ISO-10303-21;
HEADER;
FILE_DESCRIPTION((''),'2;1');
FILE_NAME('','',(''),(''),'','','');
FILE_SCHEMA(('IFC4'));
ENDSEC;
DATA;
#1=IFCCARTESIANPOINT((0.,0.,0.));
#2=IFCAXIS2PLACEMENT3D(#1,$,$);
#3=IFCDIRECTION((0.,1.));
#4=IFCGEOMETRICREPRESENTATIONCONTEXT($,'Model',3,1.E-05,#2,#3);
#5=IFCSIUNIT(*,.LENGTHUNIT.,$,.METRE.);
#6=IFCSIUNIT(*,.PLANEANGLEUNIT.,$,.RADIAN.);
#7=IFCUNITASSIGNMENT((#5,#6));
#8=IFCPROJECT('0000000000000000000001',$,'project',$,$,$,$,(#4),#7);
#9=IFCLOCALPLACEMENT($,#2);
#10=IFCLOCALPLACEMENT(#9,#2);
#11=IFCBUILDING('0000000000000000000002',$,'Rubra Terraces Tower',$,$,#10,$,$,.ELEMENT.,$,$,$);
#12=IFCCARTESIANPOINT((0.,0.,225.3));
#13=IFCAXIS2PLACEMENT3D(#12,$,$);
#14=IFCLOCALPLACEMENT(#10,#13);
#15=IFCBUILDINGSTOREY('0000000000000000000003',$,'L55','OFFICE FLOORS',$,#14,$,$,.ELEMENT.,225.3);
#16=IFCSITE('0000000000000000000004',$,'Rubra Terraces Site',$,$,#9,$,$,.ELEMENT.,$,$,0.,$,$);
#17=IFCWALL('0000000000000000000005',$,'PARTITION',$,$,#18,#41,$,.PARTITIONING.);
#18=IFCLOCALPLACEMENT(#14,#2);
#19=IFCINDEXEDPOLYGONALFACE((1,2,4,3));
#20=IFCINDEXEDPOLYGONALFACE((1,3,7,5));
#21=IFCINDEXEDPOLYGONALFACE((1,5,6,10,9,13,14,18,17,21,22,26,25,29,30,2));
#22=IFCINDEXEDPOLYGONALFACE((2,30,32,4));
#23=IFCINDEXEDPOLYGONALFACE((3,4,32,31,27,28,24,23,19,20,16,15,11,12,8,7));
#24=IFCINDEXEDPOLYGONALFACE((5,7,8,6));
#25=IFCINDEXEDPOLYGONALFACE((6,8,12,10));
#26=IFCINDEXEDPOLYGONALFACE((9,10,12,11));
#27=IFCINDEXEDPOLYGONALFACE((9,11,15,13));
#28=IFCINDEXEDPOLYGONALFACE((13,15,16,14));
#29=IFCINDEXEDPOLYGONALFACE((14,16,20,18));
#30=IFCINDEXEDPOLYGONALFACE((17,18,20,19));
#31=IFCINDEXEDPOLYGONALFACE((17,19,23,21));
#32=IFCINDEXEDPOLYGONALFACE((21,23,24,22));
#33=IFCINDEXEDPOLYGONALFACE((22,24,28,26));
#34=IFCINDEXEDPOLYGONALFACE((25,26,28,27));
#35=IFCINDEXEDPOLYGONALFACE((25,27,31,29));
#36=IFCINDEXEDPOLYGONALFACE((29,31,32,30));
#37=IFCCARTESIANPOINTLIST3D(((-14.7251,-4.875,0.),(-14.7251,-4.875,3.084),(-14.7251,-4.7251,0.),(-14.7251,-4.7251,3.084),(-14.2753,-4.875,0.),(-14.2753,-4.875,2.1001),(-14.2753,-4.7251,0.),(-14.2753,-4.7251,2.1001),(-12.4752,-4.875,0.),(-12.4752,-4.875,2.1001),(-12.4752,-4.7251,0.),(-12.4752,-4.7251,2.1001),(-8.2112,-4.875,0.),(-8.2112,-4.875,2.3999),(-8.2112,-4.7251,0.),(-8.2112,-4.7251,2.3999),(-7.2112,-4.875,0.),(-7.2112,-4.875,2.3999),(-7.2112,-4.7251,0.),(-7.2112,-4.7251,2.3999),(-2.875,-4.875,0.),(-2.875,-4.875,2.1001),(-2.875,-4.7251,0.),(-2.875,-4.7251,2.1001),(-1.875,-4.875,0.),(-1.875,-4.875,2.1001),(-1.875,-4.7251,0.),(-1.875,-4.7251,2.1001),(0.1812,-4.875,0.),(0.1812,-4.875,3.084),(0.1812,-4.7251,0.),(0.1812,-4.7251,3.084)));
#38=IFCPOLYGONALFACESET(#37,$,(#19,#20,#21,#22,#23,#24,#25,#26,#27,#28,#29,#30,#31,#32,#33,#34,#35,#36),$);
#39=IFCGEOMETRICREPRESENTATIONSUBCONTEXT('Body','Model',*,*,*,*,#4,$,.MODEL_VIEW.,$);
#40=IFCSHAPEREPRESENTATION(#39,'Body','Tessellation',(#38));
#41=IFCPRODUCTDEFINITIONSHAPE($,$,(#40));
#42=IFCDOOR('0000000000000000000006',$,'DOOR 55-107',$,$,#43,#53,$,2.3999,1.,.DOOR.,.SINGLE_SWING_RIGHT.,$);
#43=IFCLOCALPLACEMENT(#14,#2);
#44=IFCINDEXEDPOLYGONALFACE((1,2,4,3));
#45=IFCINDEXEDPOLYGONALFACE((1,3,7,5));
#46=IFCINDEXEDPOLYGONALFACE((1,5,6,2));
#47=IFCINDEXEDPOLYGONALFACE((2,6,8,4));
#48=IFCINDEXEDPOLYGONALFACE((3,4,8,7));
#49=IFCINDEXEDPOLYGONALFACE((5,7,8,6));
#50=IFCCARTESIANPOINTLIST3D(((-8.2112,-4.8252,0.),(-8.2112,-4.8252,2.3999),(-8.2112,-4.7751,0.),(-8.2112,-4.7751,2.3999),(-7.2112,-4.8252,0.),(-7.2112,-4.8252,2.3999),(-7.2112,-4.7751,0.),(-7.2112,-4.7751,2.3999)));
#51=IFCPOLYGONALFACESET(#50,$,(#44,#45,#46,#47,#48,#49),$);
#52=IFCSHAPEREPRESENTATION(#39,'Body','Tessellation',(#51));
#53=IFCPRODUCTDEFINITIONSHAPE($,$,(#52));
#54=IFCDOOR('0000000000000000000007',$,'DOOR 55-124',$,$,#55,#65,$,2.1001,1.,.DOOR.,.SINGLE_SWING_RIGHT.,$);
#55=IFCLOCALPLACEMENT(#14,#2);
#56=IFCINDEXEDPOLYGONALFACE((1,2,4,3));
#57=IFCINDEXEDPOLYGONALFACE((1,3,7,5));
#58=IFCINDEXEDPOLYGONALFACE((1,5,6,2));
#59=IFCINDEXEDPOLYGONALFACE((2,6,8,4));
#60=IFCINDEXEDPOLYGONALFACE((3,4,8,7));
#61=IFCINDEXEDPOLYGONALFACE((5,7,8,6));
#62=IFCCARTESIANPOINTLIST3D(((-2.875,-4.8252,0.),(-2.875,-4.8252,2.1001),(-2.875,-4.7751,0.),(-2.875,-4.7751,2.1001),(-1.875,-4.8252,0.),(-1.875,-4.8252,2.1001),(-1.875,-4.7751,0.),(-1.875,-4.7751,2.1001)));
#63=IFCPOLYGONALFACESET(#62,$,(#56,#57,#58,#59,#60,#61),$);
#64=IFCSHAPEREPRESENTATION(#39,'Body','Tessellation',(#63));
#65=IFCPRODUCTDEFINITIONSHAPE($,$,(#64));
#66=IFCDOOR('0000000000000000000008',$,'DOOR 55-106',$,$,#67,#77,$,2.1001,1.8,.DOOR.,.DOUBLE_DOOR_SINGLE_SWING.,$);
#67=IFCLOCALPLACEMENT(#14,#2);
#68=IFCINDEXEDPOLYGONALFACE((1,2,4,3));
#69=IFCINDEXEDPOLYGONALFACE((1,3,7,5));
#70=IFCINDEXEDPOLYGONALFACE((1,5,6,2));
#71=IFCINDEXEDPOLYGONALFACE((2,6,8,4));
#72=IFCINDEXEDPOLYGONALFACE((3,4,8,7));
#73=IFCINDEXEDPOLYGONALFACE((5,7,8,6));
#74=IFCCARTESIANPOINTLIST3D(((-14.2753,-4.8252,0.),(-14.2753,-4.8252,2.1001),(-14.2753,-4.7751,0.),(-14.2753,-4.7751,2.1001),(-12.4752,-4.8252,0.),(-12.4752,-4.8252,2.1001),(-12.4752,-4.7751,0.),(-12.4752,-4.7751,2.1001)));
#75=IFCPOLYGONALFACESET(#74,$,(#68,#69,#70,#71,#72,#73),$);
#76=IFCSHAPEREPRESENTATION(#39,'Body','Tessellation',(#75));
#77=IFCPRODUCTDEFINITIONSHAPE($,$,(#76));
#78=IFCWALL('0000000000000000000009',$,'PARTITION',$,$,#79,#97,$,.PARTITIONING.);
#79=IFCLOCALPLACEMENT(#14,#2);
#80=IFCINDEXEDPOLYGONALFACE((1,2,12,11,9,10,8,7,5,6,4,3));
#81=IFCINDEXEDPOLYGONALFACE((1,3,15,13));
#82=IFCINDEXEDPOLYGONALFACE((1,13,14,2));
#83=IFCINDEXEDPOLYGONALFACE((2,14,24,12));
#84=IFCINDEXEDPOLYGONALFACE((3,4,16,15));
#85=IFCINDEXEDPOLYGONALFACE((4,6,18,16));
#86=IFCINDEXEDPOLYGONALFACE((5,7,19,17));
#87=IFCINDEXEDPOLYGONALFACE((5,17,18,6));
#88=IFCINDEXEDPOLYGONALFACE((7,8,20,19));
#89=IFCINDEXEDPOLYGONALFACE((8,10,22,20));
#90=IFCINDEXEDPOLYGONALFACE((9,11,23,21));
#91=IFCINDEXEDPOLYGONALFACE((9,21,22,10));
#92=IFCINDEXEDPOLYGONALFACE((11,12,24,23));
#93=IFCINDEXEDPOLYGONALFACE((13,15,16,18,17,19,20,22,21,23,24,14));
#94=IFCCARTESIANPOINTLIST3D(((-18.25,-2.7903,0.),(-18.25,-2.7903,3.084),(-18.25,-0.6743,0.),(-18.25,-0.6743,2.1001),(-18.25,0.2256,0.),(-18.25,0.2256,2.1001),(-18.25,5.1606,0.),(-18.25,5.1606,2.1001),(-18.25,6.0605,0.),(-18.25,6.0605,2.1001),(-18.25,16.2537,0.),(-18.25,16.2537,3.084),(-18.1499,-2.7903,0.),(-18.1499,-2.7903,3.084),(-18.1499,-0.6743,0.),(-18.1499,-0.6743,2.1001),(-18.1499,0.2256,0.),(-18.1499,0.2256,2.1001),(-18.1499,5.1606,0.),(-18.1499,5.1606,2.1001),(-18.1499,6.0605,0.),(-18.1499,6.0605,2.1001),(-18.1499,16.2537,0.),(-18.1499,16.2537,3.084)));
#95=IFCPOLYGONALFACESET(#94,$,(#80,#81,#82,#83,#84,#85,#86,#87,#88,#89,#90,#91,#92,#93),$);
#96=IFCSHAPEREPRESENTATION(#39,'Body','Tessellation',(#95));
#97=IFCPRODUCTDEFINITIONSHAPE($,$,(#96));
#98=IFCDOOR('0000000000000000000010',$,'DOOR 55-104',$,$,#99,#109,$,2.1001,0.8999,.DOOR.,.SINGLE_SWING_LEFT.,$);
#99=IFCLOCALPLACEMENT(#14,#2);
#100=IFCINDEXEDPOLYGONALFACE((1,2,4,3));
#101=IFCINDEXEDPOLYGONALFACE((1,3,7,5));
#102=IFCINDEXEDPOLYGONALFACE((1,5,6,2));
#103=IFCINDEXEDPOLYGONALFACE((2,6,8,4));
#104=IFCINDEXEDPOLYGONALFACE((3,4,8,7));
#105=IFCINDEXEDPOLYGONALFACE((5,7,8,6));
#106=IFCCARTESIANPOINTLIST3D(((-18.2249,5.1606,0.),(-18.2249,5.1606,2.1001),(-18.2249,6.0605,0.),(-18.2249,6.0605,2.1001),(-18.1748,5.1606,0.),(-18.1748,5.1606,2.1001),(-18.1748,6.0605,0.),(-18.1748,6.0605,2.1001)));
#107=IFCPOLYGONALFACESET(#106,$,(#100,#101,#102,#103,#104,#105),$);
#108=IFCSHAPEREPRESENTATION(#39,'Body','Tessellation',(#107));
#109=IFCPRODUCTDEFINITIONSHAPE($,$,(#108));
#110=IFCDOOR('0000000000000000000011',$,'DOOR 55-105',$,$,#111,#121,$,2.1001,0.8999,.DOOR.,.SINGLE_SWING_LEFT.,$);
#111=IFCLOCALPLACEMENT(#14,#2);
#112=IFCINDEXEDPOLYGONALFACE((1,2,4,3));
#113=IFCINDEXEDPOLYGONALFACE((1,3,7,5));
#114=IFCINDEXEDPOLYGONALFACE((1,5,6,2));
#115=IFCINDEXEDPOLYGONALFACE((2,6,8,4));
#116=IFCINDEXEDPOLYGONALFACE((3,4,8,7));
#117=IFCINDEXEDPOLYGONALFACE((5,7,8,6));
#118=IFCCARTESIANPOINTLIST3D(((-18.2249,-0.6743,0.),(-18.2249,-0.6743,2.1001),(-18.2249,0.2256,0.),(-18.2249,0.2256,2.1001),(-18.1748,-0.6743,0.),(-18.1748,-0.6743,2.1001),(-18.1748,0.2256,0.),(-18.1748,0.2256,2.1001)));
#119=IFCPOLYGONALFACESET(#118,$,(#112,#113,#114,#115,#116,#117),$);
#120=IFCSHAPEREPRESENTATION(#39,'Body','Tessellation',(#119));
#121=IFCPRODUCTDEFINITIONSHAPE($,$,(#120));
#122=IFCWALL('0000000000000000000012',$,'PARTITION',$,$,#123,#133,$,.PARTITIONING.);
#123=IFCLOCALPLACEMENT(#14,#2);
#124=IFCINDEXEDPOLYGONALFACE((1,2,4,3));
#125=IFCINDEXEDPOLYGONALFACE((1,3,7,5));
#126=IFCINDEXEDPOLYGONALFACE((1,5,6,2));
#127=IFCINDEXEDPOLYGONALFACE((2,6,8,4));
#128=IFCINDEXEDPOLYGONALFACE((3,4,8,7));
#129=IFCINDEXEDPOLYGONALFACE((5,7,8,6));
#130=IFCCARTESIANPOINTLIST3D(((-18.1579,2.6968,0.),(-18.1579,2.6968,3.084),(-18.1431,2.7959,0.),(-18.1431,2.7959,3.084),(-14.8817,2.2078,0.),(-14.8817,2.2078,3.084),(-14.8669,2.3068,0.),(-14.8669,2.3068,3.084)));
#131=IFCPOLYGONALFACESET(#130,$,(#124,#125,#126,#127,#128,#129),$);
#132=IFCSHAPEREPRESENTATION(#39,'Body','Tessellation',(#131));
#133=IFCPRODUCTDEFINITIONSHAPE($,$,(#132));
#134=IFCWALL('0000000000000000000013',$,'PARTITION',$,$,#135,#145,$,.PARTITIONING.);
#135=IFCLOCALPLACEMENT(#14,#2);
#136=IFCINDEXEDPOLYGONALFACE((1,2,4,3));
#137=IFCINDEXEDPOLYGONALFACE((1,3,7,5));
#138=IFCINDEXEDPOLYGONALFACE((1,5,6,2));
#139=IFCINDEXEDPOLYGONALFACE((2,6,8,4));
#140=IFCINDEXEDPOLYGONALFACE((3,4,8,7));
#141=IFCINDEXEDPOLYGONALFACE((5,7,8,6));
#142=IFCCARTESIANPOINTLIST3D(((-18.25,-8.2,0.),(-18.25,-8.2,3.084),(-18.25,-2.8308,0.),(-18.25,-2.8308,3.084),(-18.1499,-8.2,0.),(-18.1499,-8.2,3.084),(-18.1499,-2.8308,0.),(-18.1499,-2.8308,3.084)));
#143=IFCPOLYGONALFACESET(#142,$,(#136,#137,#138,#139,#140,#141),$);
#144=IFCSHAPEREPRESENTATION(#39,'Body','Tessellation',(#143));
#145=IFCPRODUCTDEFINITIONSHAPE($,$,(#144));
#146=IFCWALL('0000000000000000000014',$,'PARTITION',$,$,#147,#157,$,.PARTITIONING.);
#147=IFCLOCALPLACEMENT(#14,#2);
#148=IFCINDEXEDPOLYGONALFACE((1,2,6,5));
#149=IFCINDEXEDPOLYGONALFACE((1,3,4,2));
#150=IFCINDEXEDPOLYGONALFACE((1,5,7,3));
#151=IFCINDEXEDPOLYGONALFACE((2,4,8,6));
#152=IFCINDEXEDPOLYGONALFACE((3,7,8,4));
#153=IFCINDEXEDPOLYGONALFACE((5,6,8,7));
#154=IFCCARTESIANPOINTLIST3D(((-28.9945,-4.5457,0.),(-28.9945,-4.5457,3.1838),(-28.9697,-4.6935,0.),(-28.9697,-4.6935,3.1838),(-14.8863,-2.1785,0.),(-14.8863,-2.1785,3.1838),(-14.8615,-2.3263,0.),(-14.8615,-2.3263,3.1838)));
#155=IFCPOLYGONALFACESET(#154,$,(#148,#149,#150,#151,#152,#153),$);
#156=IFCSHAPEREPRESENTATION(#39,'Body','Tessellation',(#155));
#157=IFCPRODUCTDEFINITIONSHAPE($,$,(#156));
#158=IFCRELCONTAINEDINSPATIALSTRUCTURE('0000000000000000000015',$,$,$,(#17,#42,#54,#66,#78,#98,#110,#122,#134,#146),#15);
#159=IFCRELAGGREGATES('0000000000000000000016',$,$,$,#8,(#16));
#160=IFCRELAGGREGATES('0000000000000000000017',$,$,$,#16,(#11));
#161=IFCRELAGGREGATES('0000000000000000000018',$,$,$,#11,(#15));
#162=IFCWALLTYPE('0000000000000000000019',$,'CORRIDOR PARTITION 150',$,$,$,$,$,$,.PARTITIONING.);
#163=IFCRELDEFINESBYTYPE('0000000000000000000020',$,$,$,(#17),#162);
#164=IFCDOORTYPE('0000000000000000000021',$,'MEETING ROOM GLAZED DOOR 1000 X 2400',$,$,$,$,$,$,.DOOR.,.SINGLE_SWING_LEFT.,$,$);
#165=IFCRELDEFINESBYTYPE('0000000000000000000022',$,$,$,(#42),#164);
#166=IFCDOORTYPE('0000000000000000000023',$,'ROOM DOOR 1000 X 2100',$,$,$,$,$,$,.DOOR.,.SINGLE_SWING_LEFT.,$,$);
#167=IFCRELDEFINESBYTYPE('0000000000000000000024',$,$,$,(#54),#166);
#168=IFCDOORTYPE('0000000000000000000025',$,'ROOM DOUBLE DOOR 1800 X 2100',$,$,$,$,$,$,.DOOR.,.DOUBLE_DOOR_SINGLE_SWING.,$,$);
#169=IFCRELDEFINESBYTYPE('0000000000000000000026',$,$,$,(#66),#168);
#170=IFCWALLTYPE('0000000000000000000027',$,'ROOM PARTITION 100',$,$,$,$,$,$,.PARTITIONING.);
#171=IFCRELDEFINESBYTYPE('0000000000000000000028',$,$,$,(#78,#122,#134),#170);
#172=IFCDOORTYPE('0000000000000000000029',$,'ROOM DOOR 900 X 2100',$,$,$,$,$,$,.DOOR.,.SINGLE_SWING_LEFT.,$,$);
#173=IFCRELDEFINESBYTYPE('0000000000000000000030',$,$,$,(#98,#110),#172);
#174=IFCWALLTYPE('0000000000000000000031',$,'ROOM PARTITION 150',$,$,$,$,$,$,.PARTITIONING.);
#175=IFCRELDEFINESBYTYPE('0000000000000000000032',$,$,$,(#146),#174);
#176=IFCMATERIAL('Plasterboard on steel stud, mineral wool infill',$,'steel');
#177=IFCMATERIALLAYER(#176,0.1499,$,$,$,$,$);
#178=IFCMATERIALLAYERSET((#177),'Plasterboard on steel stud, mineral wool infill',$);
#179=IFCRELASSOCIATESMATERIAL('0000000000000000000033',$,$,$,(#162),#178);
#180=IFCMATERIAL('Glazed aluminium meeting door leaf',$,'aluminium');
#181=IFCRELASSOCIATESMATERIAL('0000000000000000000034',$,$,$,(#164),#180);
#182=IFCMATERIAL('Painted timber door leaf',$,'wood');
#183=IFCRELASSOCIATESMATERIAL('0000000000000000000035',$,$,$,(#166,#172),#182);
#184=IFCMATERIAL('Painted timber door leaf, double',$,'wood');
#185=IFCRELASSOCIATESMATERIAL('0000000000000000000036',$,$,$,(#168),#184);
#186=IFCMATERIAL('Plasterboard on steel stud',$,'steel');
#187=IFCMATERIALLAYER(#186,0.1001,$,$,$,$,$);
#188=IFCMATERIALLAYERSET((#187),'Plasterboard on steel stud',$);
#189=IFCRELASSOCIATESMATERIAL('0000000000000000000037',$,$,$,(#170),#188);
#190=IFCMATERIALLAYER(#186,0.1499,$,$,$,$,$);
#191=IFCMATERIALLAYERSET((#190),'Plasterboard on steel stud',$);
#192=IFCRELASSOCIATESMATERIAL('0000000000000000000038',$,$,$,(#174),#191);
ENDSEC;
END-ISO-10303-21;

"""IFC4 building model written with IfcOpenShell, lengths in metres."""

from ifc_helpers import new_model, si_unit, direction, frame, frame_2d, origin, place, context, subcontext, project, spatial, rectangle, extrude, material, layer, layer_set, type_object, element, fill, save


model = new_model("IFC4")

# Units and contexts
model_context = context("Model", 3, precision=1e-05, world=origin(), true_north=direction((0.0, 1.0)))
body_context = subcontext(model_context, "Body", "Model", "MODEL_VIEW")
ifc_project = project(units=[si_unit("LENGTHUNIT", "METRE"), si_unit("PLANEANGLEUNIT", "RADIAN")], contexts=[model_context])

# Site, building, storey
site_placement = place(None, origin())
site = spatial("IfcSite", under=ifc_project, at=site_placement, Name="Rubra Terraces Site", CompositionType="ELEMENT", RefElevation=0.0)
building_placement = place(site_placement, origin())
building = spatial("IfcBuilding", under=site, at=building_placement, Name="Rubra Terraces Tower", CompositionType="ELEMENT")
storey_placement = place(building_placement, frame((0.0, 0.0, 225.3)))
storey = spatial("IfcBuildingStorey", under=building, at=storey_placement, Name="L55", Description="OFFICE FLOORS", CompositionType="ELEMENT", Elevation=225.3)

# Shared definitions
ifc_material_1 = material(Name="Plasterboard on steel stud, mineral wool infill", Category="steel")
ifc_layer_1 = layer(ifc_material_1, 0.1499)
ifc_layer_set_1 = layer_set([ifc_layer_1], Name="Plasterboard on steel stud, mineral wool infill")
wall_type_1 = type_object("IfcWallType", Name="CORRIDOR PARTITION 150", PredefinedType="PARTITIONING", material=ifc_layer_set_1)

# Walls, openings, doors
wall_1_placement = place(storey_placement, frame((-14.7251, -4.8, 0.0), z_axis=(0.0, 0.0, 1.0), x_axis=(1.0, 0.0, 0.0)))
wall_1 = element("IfcWall", 1, at=wall_1_placement, inside=storey, type_object=wall_type_1, Name="PARTITION", PredefinedType="PARTITIONING", context=body_context, shape_type="SweptSolid", body=[
    extrude(rectangle(XDim=14.9062, YDim=0.1499, at=frame_2d((7.4531, 0.0))), origin(), (0.0, 0.0, 1.0), 3.084),
])
opening_1_placement = place(wall_1_placement, frame((0.45, 0.0, 0.0)))
opening_1 = element("IfcOpeningElement", 2, at=opening_1_placement, cuts=wall_1, PredefinedType="OPENING", context=body_context, shape_type="SweptSolid", body=[
    extrude(rectangle(XDim=1.8, YDim=2.1001, at=frame_2d((0.8999, 1.05))), frame((0.0, 0.085, 0.0), z_axis=(0.0, -1.0, 0.0), x_axis=(1.0, 0.0, 0.0)), (0.0, 0.0, 1.0), 0.1699),
])
opening_2_placement = place(wall_1_placement, frame((6.5139, 0.0, 0.0)))
opening_2 = element("IfcOpeningElement", 3, at=opening_2_placement, cuts=wall_1, PredefinedType="OPENING", context=body_context, shape_type="SweptSolid", body=[
    extrude(rectangle(XDim=1.0, YDim=2.3999, at=frame_2d((0.5, 1.2))), frame((0.0, 0.085, 0.0), z_axis=(0.0, -1.0, 0.0), x_axis=(1.0, 0.0, 0.0)), (0.0, 0.0, 1.0), 0.1699),
])
opening_3_placement = place(wall_1_placement, frame((11.8501, 0.0, 0.0)))
opening_3 = element("IfcOpeningElement", 4, at=opening_3_placement, cuts=wall_1, PredefinedType="OPENING", context=body_context, shape_type="SweptSolid", body=[
    extrude(rectangle(XDim=1.0, YDim=2.1001, at=frame_2d((0.5, 1.05))), frame((0.0, 0.085, 0.0), z_axis=(0.0, -1.0, 0.0), x_axis=(1.0, 0.0, 0.0)), (0.0, 0.0, 1.0), 0.1699),
])
ifc_material_2 = material(Name="Glazed aluminium meeting door leaf", Category="aluminium")
door_type_1 = type_object("IfcDoorType", Name="MEETING ROOM GLAZED DOOR 1000 X 2400", OperationType="SINGLE_SWING_LEFT", PredefinedType="DOOR", material=ifc_material_2)
door_1_placement = place(opening_2_placement, origin())
door_1 = element("IfcDoor", 5, at=door_1_placement, inside=storey, type_object=door_type_1, Name="DOOR 55-107", OperationType="SINGLE_SWING_RIGHT", OverallHeight=2.3999, OverallWidth=1.0, PredefinedType="DOOR", context=body_context, shape_type="SweptSolid", body=[
    extrude(rectangle(XDim=1.0, YDim=2.3999, at=frame_2d((0.5, 1.2))), frame((0.0, 0.0249, 0.0), z_axis=(0.0, -1.0, 0.0), x_axis=(1.0, 0.0, 0.0)), (0.0, 0.0, 1.0), 0.05),
])
fill(opening_2, door_1)
ifc_material_3 = material(Name="Painted timber door leaf", Category="wood")
door_type_2 = type_object("IfcDoorType", Name="ROOM DOOR 1000 X 2100", OperationType="SINGLE_SWING_LEFT", PredefinedType="DOOR", material=ifc_material_3)
door_2_placement = place(opening_3_placement, origin())
door_2 = element("IfcDoor", 6, at=door_2_placement, inside=storey, type_object=door_type_2, Name="DOOR 55-124", OperationType="SINGLE_SWING_RIGHT", OverallHeight=2.1001, OverallWidth=1.0, PredefinedType="DOOR", context=body_context, shape_type="SweptSolid", body=[
    extrude(rectangle(XDim=1.0, YDim=2.1001, at=frame_2d((0.5, 1.05))), frame((0.0, 0.0249, 0.0), z_axis=(0.0, -1.0, 0.0), x_axis=(1.0, 0.0, 0.0)), (0.0, 0.0, 1.0), 0.05),
])
fill(opening_3, door_2)
ifc_material_4 = material(Name="Painted timber door leaf, double", Category="wood")
door_type_3 = type_object("IfcDoorType", Name="ROOM DOUBLE DOOR 1800 X 2100", OperationType="DOUBLE_DOOR_SINGLE_SWING", PredefinedType="DOOR", material=ifc_material_4)
door_3_placement = place(opening_1_placement, origin())
door_3 = element("IfcDoor", 7, at=door_3_placement, inside=storey, type_object=door_type_3, Name="DOOR 55-106", OperationType="DOUBLE_DOOR_SINGLE_SWING", OverallHeight=2.1001, OverallWidth=1.8, PredefinedType="DOOR", context=body_context, shape_type="SweptSolid", body=[
    extrude(rectangle(XDim=1.8, YDim=2.1001, at=frame_2d((0.8999, 1.05))), frame((0.0, 0.0249, 0.0), z_axis=(0.0, -1.0, 0.0), x_axis=(1.0, 0.0, 0.0)), (0.0, 0.0, 1.0), 0.05),
])
fill(opening_1, door_3)
ifc_material_5 = material(Name="Plasterboard on steel stud", Category="steel")
ifc_layer_2 = layer(ifc_material_5, 0.1001)
ifc_layer_set_2 = layer_set([ifc_layer_2], Name="Plasterboard on steel stud")
wall_type_2 = type_object("IfcWallType", Name="ROOM PARTITION 100", PredefinedType="PARTITIONING", material=ifc_layer_set_2)
wall_2_placement = place(storey_placement, frame((-18.2, -2.7903, 0.0), z_axis=(0.0, 0.0, 1.0), x_axis=(0.0, 1.0, 0.0)))
wall_2 = element("IfcWall", 8, at=wall_2_placement, inside=storey, type_object=wall_type_2, Name="PARTITION", PredefinedType="PARTITIONING", context=body_context, shape_type="SweptSolid", body=[
    extrude(rectangle(XDim=19.0439, YDim=0.1001, at=frame_2d((9.522, 0.0))), origin(), (0.0, 0.0, 1.0), 3.084),
])
opening_4_placement = place(wall_2_placement, frame((7.9509, 0.0, 0.0)))
opening_4 = element("IfcOpeningElement", 9, at=opening_4_placement, cuts=wall_2, PredefinedType="OPENING", context=body_context, shape_type="SweptSolid", body=[
    extrude(rectangle(XDim=0.8999, YDim=2.1001, at=frame_2d((0.45, 1.05))), frame((0.0, 0.0601, 0.0), z_axis=(0.0, -1.0, 0.0), x_axis=(1.0, 0.0, 0.0)), (0.0, 0.0, 1.0), 0.1201),
])
opening_5_placement = place(wall_2_placement, frame((2.116, 0.0, 0.0)))
opening_5 = element("IfcOpeningElement", 10, at=opening_5_placement, cuts=wall_2, PredefinedType="OPENING", context=body_context, shape_type="SweptSolid", body=[
    extrude(rectangle(XDim=0.8999, YDim=2.1001, at=frame_2d((0.45, 1.05))), frame((0.0, 0.0601, 0.0), z_axis=(0.0, -1.0, 0.0), x_axis=(1.0, 0.0, 0.0)), (0.0, 0.0, 1.0), 0.1201),
])
door_type_4 = type_object("IfcDoorType", Name="ROOM DOOR 900 X 2100", OperationType="SINGLE_SWING_LEFT", PredefinedType="DOOR", material=ifc_material_3)
door_4_placement = place(opening_4_placement, origin())
door_4 = element("IfcDoor", 11, at=door_4_placement, inside=storey, type_object=door_type_4, Name="DOOR 55-104", OperationType="SINGLE_SWING_LEFT", OverallHeight=2.1001, OverallWidth=0.8999, PredefinedType="DOOR", context=body_context, shape_type="SweptSolid", body=[
    extrude(rectangle(XDim=0.8999, YDim=2.1001, at=frame_2d((0.45, 1.05))), frame((0.0, 0.0249, 0.0), z_axis=(0.0, -1.0, 0.0), x_axis=(1.0, 0.0, 0.0)), (0.0, 0.0, 1.0), 0.05),
])
fill(opening_4, door_4)
door_5_placement = place(opening_5_placement, origin())
door_5 = element("IfcDoor", 12, at=door_5_placement, inside=storey, type_object=door_type_4, Name="DOOR 55-105", OperationType="SINGLE_SWING_LEFT", OverallHeight=2.1001, OverallWidth=0.8999, PredefinedType="DOOR", context=body_context, shape_type="SweptSolid", body=[
    extrude(rectangle(XDim=0.8999, YDim=2.1001, at=frame_2d((0.45, 1.05))), frame((0.0, 0.0249, 0.0), z_axis=(0.0, -1.0, 0.0), x_axis=(1.0, 0.0, 0.0)), (0.0, 0.0, 1.0), 0.05),
])
fill(opening_5, door_5)

# Walls
wall_3_placement = place(storey_placement, frame((-14.8743, 2.2573, 0.0), z_axis=(0.0, 0.0, 1.0), x_axis=(-0.989043, 0.14763, 0.0)))
element("IfcWall", 13, at=wall_3_placement, inside=storey, type_object=wall_type_2, Name="PARTITION", PredefinedType="PARTITIONING", context=body_context, shape_type="SweptSolid", body=[
    extrude(rectangle(XDim=3.3125, YDim=0.1001, at=frame_2d((1.6562, 0.0))), origin(), (0.0, 0.0, 1.0), 3.084),
])
wall_4_placement = place(storey_placement, frame((-18.2, -8.2, 0.0), z_axis=(0.0, 0.0, 1.0), x_axis=(0.0, 1.0, 0.0)))
element("IfcWall", 14, at=wall_4_placement, inside=storey, type_object=wall_type_2, Name="PARTITION", PredefinedType="PARTITIONING", context=body_context, shape_type="SweptSolid", body=[
    extrude(rectangle(XDim=5.3691, YDim=0.1001, at=frame_2d((2.6846, 0.0))), origin(), (0.0, 0.0, 1.0), 3.084),
])
ifc_layer_3 = layer(ifc_material_5, 0.1499)
ifc_layer_set_3 = layer_set([ifc_layer_3], Name="Plasterboard on steel stud")
wall_type_3 = type_object("IfcWallType", Name="ROOM PARTITION 150", PredefinedType="PARTITIONING", material=ifc_layer_set_3)
wall_5_placement = place(storey_placement, frame((-28.9822, -4.6196, 0.0), z_axis=(0.0, 0.0, 1.0), x_axis=(0.986214, 0.165475, 0.0)))
element("IfcWall", 15, at=wall_5_placement, inside=storey, type_object=wall_type_3, Name="PARTITION", PredefinedType="PARTITIONING", context=body_context, shape_type="SweptSolid", body=[
    extrude(rectangle(XDim=14.3054, YDim=0.1499, at=frame_2d((7.1528, 0.0))), origin(), (0.0, 0.0, 1.0), 3.1838),
])

save(model, "model.ifc")
